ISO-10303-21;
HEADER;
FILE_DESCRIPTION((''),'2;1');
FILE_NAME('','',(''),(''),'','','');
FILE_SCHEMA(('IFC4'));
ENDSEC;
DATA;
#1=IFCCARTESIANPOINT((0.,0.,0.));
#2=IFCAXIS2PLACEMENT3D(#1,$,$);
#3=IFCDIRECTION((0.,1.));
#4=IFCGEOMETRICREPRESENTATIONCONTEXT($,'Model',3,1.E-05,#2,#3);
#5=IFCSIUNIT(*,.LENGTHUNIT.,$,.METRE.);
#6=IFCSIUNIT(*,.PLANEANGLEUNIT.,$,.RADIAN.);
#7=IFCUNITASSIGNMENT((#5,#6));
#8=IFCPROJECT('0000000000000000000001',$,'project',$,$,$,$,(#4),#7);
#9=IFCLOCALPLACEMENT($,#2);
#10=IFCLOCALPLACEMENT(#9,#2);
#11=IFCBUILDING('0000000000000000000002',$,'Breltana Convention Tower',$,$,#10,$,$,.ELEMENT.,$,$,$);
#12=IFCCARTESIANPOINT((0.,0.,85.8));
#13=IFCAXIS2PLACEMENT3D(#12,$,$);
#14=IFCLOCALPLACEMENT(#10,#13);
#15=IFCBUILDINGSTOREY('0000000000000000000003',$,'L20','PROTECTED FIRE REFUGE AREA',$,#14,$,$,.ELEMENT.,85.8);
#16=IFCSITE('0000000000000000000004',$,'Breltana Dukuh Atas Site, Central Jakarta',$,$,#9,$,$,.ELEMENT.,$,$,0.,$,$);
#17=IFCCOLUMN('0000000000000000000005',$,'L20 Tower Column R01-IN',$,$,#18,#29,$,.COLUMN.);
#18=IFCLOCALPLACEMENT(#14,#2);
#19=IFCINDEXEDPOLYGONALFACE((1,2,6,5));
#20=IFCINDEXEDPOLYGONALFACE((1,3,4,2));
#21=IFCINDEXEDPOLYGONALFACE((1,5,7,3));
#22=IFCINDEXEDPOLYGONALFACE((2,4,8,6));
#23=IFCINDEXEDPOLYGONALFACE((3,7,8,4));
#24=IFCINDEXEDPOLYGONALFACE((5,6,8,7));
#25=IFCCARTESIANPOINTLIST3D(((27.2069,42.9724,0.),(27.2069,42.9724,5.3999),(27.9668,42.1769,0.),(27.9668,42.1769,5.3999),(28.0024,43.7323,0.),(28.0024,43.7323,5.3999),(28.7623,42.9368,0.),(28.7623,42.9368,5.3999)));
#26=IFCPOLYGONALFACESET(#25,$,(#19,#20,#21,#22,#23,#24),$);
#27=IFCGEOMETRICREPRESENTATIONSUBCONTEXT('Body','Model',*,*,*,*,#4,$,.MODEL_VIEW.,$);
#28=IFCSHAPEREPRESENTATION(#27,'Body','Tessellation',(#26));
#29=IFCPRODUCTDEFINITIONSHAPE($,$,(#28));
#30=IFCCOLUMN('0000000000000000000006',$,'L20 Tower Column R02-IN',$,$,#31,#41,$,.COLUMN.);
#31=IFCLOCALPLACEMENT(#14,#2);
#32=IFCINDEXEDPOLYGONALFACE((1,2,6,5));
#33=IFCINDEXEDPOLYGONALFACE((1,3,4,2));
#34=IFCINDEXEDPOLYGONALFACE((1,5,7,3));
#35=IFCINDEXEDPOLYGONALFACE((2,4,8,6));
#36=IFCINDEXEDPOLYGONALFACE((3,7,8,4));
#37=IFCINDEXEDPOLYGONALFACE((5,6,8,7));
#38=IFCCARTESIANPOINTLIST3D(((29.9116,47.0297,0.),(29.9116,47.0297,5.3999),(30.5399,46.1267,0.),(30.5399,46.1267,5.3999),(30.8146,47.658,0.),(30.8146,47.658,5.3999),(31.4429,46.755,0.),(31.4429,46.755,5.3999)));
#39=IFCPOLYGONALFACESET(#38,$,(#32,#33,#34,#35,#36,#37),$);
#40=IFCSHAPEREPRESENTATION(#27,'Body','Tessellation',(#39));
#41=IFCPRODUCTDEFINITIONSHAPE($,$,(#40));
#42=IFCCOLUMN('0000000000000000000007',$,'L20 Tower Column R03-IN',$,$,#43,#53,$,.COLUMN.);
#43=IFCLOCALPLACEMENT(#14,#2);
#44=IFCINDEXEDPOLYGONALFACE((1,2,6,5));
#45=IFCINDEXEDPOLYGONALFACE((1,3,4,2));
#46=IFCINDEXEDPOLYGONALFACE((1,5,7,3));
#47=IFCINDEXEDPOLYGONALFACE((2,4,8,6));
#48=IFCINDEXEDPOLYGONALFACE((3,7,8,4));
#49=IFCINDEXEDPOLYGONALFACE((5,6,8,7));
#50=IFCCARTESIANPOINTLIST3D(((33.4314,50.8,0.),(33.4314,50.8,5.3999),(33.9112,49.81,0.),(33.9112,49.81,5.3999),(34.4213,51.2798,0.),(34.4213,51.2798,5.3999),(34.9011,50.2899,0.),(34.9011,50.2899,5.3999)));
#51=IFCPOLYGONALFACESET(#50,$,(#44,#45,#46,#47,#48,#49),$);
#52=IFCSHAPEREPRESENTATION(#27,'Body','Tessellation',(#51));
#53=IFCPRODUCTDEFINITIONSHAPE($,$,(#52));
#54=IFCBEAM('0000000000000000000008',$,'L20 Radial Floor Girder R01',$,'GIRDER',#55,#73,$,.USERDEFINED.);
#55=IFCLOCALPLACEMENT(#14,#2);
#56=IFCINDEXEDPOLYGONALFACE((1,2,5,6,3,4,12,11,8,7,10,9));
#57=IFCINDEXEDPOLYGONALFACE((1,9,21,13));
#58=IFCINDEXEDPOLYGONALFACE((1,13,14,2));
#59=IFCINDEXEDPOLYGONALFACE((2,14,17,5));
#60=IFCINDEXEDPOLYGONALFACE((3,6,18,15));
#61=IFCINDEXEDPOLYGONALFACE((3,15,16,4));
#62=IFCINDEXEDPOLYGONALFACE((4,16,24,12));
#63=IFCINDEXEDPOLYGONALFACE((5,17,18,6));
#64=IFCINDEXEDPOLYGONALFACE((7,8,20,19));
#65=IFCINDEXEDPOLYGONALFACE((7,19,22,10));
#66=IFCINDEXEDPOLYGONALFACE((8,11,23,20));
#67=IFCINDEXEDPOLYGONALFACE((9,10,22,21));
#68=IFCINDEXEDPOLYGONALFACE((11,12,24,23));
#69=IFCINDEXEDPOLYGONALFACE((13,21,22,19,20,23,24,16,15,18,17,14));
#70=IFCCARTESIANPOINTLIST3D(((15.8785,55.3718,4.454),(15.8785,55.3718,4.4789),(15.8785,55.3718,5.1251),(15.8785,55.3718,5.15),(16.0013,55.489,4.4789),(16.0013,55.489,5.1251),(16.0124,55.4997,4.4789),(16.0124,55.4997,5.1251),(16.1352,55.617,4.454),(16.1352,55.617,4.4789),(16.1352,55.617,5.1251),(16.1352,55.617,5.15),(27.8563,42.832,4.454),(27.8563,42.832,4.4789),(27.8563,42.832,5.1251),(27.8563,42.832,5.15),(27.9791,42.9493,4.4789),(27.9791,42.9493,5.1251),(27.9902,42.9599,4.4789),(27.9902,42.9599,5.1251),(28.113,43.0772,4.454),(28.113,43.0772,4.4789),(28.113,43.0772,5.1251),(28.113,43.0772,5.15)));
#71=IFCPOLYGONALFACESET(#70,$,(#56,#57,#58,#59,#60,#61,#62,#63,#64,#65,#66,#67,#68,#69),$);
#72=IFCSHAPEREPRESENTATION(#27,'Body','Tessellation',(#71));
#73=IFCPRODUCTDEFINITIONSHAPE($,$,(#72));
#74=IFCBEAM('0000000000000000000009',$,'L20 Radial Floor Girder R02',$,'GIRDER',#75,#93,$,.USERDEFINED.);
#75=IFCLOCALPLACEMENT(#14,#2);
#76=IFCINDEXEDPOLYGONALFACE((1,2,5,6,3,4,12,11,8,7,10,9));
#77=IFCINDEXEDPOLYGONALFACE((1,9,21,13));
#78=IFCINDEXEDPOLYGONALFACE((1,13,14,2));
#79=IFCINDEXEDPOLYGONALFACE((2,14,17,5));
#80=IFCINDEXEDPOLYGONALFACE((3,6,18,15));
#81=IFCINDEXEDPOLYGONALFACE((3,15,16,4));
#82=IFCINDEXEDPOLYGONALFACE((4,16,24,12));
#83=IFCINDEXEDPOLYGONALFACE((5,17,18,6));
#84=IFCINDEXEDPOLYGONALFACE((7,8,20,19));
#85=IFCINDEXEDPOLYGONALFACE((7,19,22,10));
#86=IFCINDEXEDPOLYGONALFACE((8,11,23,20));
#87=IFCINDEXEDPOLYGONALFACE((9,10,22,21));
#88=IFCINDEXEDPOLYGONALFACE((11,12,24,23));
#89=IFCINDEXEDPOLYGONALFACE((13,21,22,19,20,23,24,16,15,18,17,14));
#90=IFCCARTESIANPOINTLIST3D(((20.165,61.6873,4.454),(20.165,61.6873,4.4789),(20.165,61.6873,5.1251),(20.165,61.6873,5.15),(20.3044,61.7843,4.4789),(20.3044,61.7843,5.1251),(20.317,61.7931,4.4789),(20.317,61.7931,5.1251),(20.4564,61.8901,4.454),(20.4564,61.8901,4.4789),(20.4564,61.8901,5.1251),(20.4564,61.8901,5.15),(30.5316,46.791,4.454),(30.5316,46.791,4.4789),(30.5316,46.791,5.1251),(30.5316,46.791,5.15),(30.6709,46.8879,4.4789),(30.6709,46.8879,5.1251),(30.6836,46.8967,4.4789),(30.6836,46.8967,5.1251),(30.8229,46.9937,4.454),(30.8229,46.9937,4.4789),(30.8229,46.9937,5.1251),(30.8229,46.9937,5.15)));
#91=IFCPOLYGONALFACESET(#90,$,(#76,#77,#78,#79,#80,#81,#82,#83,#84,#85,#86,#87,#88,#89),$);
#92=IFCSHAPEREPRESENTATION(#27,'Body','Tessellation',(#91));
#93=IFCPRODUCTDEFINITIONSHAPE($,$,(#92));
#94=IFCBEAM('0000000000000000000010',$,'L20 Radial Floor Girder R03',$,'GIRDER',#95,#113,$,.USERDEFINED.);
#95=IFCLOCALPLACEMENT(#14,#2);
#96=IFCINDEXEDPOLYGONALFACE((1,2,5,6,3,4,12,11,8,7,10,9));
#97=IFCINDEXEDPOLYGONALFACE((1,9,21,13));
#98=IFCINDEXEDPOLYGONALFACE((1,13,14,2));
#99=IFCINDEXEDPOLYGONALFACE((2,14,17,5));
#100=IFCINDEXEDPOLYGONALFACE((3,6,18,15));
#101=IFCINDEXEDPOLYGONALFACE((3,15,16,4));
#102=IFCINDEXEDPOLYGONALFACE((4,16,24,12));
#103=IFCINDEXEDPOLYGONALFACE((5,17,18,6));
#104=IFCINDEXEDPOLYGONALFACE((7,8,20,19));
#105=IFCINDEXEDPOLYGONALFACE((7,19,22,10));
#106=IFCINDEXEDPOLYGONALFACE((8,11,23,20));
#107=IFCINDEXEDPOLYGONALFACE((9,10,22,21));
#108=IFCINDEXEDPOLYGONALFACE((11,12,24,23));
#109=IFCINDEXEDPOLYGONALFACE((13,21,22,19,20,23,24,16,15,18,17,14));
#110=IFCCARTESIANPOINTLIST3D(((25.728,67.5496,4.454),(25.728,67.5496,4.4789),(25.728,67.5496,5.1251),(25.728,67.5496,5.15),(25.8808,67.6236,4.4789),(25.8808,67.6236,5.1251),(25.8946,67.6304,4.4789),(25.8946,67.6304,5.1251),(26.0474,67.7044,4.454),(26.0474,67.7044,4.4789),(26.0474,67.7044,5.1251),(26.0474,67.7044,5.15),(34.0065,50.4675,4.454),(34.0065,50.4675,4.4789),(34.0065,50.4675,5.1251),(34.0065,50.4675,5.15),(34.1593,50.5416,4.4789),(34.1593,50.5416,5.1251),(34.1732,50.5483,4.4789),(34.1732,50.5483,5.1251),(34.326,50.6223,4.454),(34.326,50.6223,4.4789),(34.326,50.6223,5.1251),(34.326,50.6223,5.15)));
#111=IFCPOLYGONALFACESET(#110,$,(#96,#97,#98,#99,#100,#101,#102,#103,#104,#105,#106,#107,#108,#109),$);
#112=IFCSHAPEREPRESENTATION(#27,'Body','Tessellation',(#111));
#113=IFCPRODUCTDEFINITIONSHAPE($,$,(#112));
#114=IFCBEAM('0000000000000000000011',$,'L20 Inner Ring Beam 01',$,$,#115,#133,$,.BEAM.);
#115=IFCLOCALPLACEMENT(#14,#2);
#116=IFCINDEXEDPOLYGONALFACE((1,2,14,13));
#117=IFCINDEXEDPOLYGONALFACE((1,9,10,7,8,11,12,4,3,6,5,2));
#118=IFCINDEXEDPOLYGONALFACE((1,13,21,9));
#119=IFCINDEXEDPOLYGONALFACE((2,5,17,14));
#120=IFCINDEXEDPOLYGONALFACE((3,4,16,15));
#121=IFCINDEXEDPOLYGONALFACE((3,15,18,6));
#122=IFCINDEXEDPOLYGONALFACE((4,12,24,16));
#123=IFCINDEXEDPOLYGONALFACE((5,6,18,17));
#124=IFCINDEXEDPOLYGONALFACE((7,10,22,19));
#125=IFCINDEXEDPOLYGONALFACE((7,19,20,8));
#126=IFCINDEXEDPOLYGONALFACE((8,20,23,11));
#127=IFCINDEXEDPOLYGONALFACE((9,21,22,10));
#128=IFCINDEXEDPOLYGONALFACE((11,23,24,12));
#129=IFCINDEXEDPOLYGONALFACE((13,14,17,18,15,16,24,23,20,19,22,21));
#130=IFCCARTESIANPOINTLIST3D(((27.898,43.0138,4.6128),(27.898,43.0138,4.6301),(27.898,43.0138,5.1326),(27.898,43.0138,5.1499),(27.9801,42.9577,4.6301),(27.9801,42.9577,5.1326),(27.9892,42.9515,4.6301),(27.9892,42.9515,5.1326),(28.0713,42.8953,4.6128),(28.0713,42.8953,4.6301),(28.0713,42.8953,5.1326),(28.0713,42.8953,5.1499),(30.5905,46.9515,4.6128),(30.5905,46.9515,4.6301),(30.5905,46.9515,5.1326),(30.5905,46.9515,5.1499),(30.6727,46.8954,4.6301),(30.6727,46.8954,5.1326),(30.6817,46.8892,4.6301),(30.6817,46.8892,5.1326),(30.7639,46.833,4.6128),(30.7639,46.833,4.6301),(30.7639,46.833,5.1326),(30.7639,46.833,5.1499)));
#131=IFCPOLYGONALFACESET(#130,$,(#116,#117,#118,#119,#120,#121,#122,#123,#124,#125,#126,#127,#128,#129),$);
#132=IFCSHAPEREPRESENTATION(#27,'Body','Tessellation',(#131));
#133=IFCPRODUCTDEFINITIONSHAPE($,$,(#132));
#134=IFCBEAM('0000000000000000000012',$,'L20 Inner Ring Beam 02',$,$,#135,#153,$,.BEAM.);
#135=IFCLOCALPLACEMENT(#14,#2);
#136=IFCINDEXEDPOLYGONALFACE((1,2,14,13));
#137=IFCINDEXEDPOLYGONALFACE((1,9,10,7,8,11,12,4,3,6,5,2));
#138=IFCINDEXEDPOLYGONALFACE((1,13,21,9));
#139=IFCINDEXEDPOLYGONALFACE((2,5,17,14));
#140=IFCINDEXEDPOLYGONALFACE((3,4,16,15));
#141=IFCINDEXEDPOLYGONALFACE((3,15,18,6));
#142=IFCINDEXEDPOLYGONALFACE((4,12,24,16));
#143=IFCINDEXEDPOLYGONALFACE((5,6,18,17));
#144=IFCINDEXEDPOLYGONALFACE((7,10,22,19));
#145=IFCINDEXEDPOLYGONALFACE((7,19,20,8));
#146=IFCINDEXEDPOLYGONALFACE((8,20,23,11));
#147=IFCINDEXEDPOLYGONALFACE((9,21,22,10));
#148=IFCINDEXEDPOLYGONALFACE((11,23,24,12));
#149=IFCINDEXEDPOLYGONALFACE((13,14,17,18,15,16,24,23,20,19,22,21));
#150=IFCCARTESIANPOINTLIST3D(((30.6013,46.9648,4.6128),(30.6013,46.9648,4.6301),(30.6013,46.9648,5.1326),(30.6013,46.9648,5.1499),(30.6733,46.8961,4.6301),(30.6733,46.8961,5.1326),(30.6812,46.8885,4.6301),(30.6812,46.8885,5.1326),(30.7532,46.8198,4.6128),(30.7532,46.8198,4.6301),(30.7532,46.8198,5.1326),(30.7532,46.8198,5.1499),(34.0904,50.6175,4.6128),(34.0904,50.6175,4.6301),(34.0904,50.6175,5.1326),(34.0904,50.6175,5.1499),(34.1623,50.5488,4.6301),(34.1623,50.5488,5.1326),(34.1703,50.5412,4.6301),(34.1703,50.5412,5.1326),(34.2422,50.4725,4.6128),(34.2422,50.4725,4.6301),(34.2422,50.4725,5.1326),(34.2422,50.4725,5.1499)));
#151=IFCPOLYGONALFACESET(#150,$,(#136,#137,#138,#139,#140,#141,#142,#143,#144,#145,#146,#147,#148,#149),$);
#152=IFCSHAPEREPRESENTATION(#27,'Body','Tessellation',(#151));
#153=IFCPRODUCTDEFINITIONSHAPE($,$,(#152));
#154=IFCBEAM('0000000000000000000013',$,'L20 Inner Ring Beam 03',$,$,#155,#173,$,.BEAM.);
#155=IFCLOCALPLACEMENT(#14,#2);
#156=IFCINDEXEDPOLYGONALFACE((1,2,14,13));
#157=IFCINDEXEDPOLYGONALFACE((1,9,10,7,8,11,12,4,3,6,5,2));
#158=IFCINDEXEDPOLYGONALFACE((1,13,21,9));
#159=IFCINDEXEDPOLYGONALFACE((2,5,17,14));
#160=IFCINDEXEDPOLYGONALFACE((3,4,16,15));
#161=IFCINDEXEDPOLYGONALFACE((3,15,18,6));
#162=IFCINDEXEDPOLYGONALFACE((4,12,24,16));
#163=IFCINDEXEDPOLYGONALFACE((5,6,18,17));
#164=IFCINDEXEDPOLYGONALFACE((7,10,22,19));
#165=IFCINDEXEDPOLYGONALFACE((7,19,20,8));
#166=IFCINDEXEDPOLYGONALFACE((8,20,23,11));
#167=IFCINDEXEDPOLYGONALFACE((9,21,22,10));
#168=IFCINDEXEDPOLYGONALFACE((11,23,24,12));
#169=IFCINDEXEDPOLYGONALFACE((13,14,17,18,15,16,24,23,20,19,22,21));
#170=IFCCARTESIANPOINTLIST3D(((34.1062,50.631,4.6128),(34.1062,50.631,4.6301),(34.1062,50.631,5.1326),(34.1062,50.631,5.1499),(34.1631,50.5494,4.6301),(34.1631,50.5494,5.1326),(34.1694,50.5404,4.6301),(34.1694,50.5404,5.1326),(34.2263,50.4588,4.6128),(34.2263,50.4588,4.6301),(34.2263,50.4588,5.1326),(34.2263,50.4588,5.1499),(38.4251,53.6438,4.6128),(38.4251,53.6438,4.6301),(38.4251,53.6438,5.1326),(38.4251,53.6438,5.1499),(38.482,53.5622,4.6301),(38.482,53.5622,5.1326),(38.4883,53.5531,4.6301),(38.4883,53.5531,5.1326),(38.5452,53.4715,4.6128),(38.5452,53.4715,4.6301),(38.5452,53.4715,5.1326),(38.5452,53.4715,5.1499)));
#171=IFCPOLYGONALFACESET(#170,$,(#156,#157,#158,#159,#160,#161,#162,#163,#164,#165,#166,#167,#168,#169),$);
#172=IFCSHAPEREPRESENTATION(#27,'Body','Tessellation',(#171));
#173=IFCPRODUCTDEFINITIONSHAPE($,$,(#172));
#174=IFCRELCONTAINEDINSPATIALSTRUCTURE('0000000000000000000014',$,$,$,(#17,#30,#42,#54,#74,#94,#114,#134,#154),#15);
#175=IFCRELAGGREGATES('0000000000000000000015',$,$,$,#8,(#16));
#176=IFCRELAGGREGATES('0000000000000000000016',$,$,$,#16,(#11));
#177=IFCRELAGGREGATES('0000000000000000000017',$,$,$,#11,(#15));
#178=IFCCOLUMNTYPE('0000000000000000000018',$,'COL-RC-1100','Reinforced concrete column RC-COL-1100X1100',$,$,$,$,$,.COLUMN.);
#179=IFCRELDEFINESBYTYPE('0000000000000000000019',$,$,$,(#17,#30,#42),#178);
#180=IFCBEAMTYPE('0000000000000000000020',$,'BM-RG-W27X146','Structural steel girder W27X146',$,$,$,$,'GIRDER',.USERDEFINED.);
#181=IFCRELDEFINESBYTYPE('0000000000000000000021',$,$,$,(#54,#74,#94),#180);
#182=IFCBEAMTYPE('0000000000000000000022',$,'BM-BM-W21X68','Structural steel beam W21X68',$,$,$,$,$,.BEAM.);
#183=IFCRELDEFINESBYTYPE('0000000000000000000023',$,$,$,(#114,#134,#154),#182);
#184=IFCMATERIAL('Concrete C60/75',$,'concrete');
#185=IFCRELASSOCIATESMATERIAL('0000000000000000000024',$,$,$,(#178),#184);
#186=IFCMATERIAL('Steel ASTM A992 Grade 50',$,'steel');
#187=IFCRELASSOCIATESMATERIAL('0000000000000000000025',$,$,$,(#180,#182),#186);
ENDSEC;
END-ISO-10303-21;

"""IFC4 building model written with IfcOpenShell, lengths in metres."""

from ifc_helpers import new_model, si_unit, direction, frame, origin, origin_2d, place, context, subcontext, project, spatial, rectangle, i_section, extrude, source, transform, mapped, material, material_profile, profile_set, type_object, type_shapes, element, save


model = new_model("IFC4")

# Units and contexts
model_context = context("Model", 3, precision=1e-05, world=origin(), true_north=direction((0.0, 1.0)))
body_context = subcontext(model_context, "Body", "Model", "MODEL_VIEW")
ifc_project = project(units=[si_unit("LENGTHUNIT", "METRE"), si_unit("PLANEANGLEUNIT", "RADIAN")], contexts=[model_context])

# Site, building, storey
site_placement = place(None, origin())
site = spatial("IfcSite", under=ifc_project, at=site_placement, Name="Breltana Dukuh Atas Site, Central Jakarta", CompositionType="ELEMENT", RefElevation=0.0)
building_placement = place(site_placement, origin())
building = spatial("IfcBuilding", under=site, at=building_placement, Name="Breltana Convention Tower", CompositionType="ELEMENT")
storey_placement = place(building_placement, frame((0.0, 0.0, 85.8)))
storey = spatial("IfcBuildingStorey", under=building, at=storey_placement, Name="L20", Description="PROTECTED FIRE REFUGE AREA", CompositionType="ELEMENT", Elevation=85.8)

# Columns
ifc_material_1 = material(Name="Concrete C60/75", Category="concrete")
ifc_material_profile_1 = material_profile(ifc_material_1, rectangle(XDim=1.1001, YDim=1.1001, at=origin_2d()), Name="RC-COL-1100X1100")
ifc_profile_set_1 = profile_set([ifc_material_profile_1], Name="Concrete C60/75")
column_type = type_object("IfcColumnType", Name="COL-RC-1100", Description="Reinforced concrete column RC-COL-1100X1100", PredefinedType="COLUMN", material=ifc_profile_set_1)
shared_shape_1 = source(origin(), body_context, "Body", "SweptSolid", [
    extrude(rectangle(XDim=1.1001, YDim=1.1001, at=origin_2d()), origin(), (0.0, 0.0, 1.0), 5.3999),
])
type_shapes(column_type, [shared_shape_1])
for number, where, z_axis, x_axis, name in (
    (1, (27.9846, 42.9546, 0.0), (0.0, 0.0, 1.0), (-0.690756, 0.723088, 0.0), "L20 Tower Column R01-IN"),
    (2, (30.6772, 46.8923, 0.0), (0.0, 0.0, 1.0), (-0.571143, 0.82085, 0.0), "L20 Tower Column R02-IN"),
    (3, (34.1663, 50.5449, 0.0), (0.0, 0.0, 1.0), (-0.436174, 0.899863, 0.0), "L20 Tower Column R03-IN"),
):
    element("IfcColumn", number, at=place(storey_placement, frame(where, z_axis=z_axis, x_axis=x_axis)), inside=storey, type_object=column_type, Name=name, PredefinedType="COLUMN", context=body_context, shape_type="MappedRepresentation", body=[
        mapped(shared_shape_1, transform((0.0, 0.0, 0.0), scale=1.0)),
    ])

# Beams
ifc_material_2 = material(Name="Steel ASTM A992 Grade 50", Category="steel")
ifc_material_profile_2 = material_profile(ifc_material_2, i_section(OverallWidth=0.355, OverallDepth=0.696, WebThickness=0.0154, FlangeThickness=0.0249, at=origin_2d()), Name="W27X146")
ifc_profile_set_2 = profile_set([ifc_material_profile_2], Name="Steel ASTM A992 Grade 50")
beam_type_1 = type_object("IfcBeamType", Name="BM-RG-W27X146", Description="Structural steel girder W27X146", ElementType="GIRDER", PredefinedType="USERDEFINED", material=ifc_profile_set_2)
shared_shape_2 = source(origin(), body_context, "Body", "SweptSolid", [
    extrude(i_section(OverallWidth=0.355, OverallDepth=0.696, WebThickness=0.0154, FlangeThickness=0.0249, at=origin_2d()), origin(), (0.0, 0.0, 1.0), 17.3411),
])
type_shapes(beam_type_1, [shared_shape_2])
beam_1_placement = place(storey_placement, frame((27.9846, 42.9546, 4.802), z_axis=(-0.690716, 0.723126, 0.0), x_axis=(-0.723126, -0.690716, 0.0)))
element("IfcBeam", 4, at=beam_1_placement, inside=storey, type_object=beam_type_1, Name="L20 Radial Floor Girder R01", ObjectType="GIRDER", PredefinedType="USERDEFINED", context=body_context, shape_type="MappedRepresentation", body=[
    mapped(shared_shape_2, transform((0.0, 0.0, 0.0), scale=1.0)),
])
shared_shape_3 = source(origin(), body_context, "Body", "SweptSolid", [
    extrude(i_section(OverallWidth=0.355, OverallDepth=0.696, WebThickness=0.0154, FlangeThickness=0.0249, at=origin_2d()), origin(), (0.0, 0.0, 1.0), 18.1484),
])
beam_2_placement = place(storey_placement, frame((30.6772, 46.8923, 4.802), z_axis=(-0.571208, 0.820806, 0.0), x_axis=(-0.820806, -0.571208, 0.0)))
element("IfcBeam", 5, at=beam_2_placement, inside=storey, type_object=beam_type_1, Name="L20 Radial Floor Girder R02", ObjectType="GIRDER", PredefinedType="USERDEFINED", context=body_context, shape_type="MappedRepresentation", body=[
    mapped(shared_shape_3, transform((0.0, 0.0, 0.0), scale=1.0)),
])
shared_shape_4 = source(origin(), body_context, "Body", "SweptSolid", [
    extrude(i_section(OverallWidth=0.355, OverallDepth=0.696, WebThickness=0.0154, FlangeThickness=0.0249, at=origin_2d()), origin(), (0.0, 0.0, 1.0), 18.9824),
])
beam_3_placement = place(storey_placement, frame((34.1663, 50.5449, 4.802), z_axis=(-0.436119, 0.899889, 0.0), x_axis=(-0.899889, -0.436119, 0.0)))
element("IfcBeam", 6, at=beam_3_placement, inside=storey, type_object=beam_type_1, Name="L20 Radial Floor Girder R03", ObjectType="GIRDER", PredefinedType="USERDEFINED", context=body_context, shape_type="MappedRepresentation", body=[
    mapped(shared_shape_4, transform((0.0, 0.0, 0.0), scale=1.0)),
])
ifc_material_profile_3 = material_profile(ifc_material_2, i_section(OverallWidth=0.21, OverallDepth=0.5371, WebThickness=0.011, FlangeThickness=0.0173, at=origin_2d()), Name="W21X68")
ifc_profile_set_3 = profile_set([ifc_material_profile_3], Name="Steel ASTM A992 Grade 50")
beam_type_2 = type_object("IfcBeamType", Name="BM-BM-W21X68", Description="Structural steel beam W21X68", PredefinedType="BEAM", material=ifc_profile_set_3)
shared_shape_5 = source(origin(), body_context, "Body", "SweptSolid", [
    extrude(i_section(OverallWidth=0.21, OverallDepth=0.5371, WebThickness=0.011, FlangeThickness=0.0173, at=origin_2d()), origin(), (0.0, 0.0, 1.0), 4.7703),
])
beam_4_placement = place(storey_placement, frame((27.9846, 42.9546, 4.8813), z_axis=(0.564453, 0.825465, 0.0), x_axis=(-0.825465, 0.564453, 0.0)))
element("IfcBeam", 7, at=beam_4_placement, inside=storey, type_object=beam_type_2, Name="L20 Inner Ring Beam 01", PredefinedType="BEAM", context=body_context, shape_type="MappedRepresentation", body=[
    mapped(shared_shape_5, transform((0.0, 0.0, 0.0), scale=1.0)),
])
shared_shape_6 = source(origin(), body_context, "Body", "SweptSolid", [
    extrude(i_section(OverallWidth=0.21, OverallDepth=0.5371, WebThickness=0.011, FlangeThickness=0.0173, at=origin_2d()), origin(), (0.0, 0.0, 1.0), 5.0513),
])
beam_5_placement = place(storey_placement, frame((30.6772, 46.8923, 4.8813), z_axis=(0.69073, 0.723113, 0.0), x_axis=(-0.723113, 0.69073, 0.0)))
element("IfcBeam", 8, at=beam_5_placement, inside=storey, type_object=beam_type_2, Name="L20 Inner Ring Beam 02", PredefinedType="BEAM", context=body_context, shape_type="MappedRepresentation", body=[
    mapped(shared_shape_6, transform((0.0, 0.0, 0.0), scale=1.0)),
])
shared_shape_7 = source(origin(), body_context, "Body", "SweptSolid", [
    extrude(i_section(OverallWidth=0.21, OverallDepth=0.5371, WebThickness=0.011, FlangeThickness=0.0173, at=origin_2d()), origin(), (0.0, 0.0, 1.0), 5.2659),
])
beam_6_placement = place(storey_placement, frame((34.1663, 50.5449, 4.8813), z_axis=(0.820167, 0.572124, 0.0), x_axis=(-0.572124, 0.820167, 0.0)))
element("IfcBeam", 9, at=beam_6_placement, inside=storey, type_object=beam_type_2, Name="L20 Inner Ring Beam 03", PredefinedType="BEAM", context=body_context, shape_type="MappedRepresentation", body=[
    mapped(shared_shape_7, transform((0.0, 0.0, 0.0), scale=1.0)),
])

save(model, "model.ifc")
